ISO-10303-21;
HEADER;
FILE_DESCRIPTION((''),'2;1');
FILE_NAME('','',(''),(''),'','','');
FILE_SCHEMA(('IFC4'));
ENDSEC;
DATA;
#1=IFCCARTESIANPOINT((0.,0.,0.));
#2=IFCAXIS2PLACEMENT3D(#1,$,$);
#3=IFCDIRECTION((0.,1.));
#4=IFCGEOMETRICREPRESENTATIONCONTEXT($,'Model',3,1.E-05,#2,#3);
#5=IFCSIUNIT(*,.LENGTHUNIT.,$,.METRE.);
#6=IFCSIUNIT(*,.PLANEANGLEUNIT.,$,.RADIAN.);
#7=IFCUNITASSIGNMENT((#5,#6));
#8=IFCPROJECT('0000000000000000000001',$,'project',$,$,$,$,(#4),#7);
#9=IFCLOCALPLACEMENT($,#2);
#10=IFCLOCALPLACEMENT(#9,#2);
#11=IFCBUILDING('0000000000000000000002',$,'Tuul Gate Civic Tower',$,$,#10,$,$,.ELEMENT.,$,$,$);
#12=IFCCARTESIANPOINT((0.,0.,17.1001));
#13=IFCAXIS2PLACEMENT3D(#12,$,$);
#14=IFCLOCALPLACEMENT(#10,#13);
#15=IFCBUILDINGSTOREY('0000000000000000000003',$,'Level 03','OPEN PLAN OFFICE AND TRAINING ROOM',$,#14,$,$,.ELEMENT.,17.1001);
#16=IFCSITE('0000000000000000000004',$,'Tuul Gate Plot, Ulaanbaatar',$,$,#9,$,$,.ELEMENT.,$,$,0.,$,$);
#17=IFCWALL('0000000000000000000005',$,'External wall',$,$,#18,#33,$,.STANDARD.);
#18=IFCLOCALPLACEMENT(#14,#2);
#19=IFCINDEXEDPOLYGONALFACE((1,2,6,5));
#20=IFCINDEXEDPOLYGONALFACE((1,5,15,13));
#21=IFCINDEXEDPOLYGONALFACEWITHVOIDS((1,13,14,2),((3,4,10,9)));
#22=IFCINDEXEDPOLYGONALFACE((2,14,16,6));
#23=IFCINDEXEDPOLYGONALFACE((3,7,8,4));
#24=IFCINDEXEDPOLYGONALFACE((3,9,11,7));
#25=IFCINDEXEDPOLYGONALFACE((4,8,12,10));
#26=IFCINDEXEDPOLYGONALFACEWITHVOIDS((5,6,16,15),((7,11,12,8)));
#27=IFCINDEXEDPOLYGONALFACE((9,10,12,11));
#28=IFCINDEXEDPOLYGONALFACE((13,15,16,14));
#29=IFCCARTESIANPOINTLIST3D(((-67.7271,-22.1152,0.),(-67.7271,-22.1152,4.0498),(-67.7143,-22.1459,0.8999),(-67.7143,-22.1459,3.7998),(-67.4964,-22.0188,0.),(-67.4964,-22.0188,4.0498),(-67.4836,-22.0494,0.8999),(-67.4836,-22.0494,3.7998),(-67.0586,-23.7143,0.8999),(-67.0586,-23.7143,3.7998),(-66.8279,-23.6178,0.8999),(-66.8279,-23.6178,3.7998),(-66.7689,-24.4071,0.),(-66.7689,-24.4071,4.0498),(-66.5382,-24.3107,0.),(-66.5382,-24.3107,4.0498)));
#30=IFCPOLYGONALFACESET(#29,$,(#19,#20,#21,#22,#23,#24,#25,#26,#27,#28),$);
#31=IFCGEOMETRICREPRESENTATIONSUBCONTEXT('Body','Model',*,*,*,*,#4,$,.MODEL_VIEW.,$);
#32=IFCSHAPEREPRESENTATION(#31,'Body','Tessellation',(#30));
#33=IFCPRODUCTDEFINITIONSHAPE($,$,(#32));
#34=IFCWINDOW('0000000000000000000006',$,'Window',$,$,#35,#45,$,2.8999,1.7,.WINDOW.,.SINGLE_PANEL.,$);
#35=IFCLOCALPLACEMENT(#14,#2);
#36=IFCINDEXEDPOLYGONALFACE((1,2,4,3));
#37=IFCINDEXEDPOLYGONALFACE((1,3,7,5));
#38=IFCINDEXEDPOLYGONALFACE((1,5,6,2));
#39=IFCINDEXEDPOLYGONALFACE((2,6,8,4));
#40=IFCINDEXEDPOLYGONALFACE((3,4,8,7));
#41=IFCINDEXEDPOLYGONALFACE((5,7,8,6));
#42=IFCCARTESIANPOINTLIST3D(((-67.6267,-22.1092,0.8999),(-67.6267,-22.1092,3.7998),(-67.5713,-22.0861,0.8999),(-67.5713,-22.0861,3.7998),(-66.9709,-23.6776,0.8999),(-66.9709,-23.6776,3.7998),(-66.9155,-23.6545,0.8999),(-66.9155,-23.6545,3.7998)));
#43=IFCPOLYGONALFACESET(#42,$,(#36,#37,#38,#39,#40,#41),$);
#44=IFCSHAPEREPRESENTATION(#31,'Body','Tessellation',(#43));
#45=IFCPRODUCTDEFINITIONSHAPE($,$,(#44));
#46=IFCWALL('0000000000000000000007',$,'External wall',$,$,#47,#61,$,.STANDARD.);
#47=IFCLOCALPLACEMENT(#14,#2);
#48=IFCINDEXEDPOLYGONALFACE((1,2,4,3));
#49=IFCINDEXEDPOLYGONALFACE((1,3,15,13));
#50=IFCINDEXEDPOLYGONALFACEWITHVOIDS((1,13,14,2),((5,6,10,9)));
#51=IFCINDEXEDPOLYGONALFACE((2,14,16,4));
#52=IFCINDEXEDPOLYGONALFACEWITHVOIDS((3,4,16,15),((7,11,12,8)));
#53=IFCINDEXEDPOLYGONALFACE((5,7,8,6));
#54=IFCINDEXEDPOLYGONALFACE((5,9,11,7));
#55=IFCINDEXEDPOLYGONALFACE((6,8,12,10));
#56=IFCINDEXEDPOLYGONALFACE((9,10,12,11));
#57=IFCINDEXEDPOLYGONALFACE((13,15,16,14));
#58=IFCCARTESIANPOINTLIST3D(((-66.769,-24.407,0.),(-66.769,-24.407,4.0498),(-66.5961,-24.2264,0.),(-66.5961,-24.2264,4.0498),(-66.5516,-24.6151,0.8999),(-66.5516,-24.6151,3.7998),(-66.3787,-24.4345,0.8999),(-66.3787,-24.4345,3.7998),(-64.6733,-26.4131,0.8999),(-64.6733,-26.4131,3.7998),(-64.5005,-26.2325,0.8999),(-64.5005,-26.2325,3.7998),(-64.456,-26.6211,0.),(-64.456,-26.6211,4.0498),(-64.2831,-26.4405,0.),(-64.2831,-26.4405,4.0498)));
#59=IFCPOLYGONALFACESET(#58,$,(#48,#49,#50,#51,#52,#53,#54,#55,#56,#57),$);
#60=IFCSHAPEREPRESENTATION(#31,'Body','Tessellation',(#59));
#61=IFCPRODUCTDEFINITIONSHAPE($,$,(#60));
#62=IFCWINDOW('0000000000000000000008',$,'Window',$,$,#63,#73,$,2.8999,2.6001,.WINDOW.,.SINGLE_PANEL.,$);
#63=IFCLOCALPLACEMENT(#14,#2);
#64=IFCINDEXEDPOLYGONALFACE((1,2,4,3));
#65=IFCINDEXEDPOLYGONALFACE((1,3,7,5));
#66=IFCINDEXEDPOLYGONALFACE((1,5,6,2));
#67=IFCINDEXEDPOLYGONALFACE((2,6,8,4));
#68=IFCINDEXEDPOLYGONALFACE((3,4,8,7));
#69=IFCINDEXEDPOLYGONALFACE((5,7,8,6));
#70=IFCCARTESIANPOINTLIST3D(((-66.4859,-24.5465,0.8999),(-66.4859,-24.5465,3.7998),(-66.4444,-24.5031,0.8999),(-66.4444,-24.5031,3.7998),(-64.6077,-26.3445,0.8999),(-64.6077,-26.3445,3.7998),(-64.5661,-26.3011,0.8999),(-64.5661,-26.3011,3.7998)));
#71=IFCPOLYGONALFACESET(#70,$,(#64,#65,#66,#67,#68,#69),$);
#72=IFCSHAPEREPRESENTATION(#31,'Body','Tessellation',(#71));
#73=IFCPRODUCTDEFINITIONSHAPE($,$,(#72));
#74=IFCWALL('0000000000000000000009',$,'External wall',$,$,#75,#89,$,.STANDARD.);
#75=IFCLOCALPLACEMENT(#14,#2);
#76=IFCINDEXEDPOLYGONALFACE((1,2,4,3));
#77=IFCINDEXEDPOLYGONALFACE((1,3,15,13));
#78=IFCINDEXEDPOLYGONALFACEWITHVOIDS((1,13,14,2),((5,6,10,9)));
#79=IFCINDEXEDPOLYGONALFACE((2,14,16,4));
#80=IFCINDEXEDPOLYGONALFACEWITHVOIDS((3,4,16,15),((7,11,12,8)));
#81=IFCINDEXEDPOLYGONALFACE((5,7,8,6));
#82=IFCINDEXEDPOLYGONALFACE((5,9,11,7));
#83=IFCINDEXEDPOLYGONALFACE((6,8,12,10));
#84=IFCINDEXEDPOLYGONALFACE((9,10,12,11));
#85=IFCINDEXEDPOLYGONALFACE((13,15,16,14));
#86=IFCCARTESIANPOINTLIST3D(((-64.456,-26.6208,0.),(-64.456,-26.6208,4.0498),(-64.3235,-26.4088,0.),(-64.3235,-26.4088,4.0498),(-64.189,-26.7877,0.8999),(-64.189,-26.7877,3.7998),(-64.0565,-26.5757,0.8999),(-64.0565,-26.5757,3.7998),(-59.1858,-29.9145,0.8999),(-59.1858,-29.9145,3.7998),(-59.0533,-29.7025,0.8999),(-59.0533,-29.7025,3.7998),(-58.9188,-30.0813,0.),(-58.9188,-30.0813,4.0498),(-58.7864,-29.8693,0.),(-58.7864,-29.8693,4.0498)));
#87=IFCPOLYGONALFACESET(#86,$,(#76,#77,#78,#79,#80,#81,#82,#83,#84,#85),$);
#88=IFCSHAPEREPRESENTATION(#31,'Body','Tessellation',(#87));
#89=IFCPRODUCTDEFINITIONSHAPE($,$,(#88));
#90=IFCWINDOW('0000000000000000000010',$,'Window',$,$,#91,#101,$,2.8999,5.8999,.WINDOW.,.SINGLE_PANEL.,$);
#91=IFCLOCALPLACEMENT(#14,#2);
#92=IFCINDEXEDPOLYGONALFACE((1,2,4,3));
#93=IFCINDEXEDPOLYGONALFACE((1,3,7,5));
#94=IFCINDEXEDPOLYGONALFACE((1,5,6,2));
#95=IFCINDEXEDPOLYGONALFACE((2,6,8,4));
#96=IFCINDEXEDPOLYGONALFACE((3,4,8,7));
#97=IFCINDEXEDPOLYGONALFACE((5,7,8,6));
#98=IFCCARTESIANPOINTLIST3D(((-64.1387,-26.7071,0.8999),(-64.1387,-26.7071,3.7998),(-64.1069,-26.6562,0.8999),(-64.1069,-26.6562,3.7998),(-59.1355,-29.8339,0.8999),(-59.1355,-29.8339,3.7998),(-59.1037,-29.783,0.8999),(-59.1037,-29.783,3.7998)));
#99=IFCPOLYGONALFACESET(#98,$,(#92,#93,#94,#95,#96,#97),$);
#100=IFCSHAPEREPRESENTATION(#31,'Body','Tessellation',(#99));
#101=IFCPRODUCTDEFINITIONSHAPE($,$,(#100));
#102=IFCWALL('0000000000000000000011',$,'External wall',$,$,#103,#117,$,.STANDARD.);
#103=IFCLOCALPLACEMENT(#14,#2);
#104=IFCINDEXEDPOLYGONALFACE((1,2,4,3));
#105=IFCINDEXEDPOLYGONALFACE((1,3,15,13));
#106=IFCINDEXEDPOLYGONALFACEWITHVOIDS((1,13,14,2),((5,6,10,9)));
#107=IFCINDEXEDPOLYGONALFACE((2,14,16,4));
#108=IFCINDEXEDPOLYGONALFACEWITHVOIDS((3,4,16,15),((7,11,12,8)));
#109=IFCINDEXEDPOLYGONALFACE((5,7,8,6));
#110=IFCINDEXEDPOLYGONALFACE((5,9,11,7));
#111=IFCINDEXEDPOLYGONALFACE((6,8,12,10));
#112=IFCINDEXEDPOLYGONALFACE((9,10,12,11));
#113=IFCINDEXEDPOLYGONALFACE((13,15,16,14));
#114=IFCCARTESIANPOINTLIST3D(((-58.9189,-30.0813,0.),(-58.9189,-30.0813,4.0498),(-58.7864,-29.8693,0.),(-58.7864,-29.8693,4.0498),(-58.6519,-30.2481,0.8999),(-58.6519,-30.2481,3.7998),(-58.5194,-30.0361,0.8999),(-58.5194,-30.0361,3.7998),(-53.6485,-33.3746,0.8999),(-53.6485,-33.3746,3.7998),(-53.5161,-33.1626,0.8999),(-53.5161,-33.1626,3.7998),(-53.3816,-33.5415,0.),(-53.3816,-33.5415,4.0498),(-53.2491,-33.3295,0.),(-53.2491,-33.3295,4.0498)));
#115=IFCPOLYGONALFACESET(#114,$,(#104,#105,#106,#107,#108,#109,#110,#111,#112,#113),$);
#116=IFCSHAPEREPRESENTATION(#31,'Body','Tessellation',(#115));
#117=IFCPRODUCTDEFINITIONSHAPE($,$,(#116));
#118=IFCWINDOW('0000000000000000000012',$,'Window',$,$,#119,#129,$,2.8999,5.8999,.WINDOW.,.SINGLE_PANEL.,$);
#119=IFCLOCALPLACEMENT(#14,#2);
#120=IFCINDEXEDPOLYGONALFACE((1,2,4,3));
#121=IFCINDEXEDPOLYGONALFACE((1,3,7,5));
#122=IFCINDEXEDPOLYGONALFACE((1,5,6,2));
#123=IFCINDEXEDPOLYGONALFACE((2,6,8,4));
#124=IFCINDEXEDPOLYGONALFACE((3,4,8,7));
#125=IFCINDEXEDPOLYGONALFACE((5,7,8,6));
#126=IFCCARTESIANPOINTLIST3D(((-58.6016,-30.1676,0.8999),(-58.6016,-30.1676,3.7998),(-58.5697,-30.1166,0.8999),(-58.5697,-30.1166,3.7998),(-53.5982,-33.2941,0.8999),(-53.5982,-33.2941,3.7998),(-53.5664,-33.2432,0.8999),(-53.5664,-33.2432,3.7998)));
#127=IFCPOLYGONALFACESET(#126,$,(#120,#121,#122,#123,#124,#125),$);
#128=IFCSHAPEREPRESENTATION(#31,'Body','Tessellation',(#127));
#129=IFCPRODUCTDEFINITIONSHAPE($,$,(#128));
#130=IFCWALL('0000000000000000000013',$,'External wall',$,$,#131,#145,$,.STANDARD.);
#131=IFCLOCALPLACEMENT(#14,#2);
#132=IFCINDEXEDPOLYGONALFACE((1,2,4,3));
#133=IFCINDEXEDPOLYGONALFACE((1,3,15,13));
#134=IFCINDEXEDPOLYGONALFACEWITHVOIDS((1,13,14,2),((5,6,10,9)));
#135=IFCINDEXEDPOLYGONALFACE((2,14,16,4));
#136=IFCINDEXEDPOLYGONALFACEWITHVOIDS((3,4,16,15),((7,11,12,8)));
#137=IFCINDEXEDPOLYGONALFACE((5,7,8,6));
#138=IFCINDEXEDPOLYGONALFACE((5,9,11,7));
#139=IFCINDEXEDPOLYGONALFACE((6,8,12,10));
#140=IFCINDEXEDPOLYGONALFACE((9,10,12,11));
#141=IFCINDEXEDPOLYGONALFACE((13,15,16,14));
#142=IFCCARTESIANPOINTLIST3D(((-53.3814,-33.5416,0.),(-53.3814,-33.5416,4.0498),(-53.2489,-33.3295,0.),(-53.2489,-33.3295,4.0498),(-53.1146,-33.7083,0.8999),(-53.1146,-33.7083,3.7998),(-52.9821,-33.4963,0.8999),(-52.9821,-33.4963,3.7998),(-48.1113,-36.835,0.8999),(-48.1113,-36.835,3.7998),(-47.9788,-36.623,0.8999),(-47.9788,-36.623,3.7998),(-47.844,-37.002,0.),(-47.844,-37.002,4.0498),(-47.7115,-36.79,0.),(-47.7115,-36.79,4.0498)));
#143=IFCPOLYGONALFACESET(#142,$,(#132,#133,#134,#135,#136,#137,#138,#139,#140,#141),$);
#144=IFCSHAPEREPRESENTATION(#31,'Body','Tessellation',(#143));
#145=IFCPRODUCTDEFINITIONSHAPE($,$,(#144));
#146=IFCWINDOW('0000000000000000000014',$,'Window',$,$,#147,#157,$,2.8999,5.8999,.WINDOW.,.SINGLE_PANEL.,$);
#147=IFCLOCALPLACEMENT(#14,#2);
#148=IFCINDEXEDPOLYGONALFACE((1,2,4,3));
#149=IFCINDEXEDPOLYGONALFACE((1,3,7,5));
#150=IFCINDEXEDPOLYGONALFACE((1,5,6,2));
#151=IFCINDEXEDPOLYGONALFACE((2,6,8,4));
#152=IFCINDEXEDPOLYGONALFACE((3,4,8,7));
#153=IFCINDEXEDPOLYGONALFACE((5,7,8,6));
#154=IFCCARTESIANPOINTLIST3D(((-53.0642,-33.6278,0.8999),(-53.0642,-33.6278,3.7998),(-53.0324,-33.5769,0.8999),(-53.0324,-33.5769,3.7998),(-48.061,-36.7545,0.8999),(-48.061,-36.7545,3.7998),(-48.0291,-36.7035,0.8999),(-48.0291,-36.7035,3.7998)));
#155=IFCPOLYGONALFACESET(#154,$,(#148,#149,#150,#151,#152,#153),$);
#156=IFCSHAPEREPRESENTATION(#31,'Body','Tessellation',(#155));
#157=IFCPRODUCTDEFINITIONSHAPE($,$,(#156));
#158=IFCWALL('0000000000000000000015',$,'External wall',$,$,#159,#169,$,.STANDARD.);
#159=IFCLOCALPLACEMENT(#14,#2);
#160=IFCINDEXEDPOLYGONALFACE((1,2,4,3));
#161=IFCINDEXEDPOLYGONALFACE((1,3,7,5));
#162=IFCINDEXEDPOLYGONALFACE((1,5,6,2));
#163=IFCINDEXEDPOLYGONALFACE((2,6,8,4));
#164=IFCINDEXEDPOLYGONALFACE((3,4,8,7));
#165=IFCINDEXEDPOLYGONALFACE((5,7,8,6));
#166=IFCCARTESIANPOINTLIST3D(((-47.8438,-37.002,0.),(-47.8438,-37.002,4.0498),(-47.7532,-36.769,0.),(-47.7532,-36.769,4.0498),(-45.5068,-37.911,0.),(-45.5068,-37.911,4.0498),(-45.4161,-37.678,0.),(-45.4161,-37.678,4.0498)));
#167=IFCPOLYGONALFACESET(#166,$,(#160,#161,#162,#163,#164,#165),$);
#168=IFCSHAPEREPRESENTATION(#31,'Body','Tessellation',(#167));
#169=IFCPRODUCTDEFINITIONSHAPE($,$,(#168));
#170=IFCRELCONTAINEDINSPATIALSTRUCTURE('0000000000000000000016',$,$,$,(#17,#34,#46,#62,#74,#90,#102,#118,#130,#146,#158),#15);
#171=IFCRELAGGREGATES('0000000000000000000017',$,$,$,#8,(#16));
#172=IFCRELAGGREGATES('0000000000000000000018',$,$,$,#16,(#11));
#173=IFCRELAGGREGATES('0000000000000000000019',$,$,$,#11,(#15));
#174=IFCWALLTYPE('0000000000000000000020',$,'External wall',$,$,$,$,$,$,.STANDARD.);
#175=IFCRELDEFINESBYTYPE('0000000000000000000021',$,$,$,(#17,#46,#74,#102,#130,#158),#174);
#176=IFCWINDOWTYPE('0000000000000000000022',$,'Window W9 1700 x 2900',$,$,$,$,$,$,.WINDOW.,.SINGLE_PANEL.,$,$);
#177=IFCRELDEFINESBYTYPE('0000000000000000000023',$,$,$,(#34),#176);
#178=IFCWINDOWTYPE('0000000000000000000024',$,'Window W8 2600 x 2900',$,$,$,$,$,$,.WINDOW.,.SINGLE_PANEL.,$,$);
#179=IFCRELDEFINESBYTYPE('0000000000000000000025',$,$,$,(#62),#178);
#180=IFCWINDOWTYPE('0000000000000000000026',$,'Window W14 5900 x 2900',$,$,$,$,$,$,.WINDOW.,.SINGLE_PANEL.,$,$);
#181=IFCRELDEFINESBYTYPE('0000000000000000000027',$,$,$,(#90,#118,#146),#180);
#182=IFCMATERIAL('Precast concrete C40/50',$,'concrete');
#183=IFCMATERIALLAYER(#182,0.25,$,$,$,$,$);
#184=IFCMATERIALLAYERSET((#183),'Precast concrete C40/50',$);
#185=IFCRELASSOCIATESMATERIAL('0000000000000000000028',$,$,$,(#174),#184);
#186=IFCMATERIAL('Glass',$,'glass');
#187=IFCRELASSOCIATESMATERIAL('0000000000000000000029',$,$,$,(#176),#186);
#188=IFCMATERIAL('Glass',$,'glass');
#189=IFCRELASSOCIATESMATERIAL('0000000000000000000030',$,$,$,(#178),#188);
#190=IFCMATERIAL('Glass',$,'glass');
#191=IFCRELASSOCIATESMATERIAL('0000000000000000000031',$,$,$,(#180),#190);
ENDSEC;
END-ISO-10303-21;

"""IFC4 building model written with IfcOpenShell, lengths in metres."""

from ifc_helpers import new_model, si_unit, direction, frame, frame_2d, origin, place, context, subcontext, project, spatial, rectangle, extrude, material, layer, layer_set, type_object, element, fill, save


model = new_model("IFC4")

# Units and contexts
model_context = context("Model", 3, precision=1e-05, world=origin(), true_north=direction((0.0, 1.0)))
body_context = subcontext(model_context, "Body", "Model", "MODEL_VIEW")
ifc_project = project(units=[si_unit("LENGTHUNIT", "METRE"), si_unit("PLANEANGLEUNIT", "RADIAN")], contexts=[model_context])

# Site, building, storey
site_placement = place(None, origin())
site = spatial("IfcSite", under=ifc_project, at=site_placement, Name="Tuul Gate Plot, Ulaanbaatar", CompositionType="ELEMENT", RefElevation=0.0)
building_placement = place(site_placement, origin())
building = spatial("IfcBuilding", under=site, at=building_placement, Name="Tuul Gate Civic Tower", CompositionType="ELEMENT")
storey_placement = place(building_placement, frame((0.0, 0.0, 17.1001)))
storey = spatial("IfcBuildingStorey", under=building, at=storey_placement, Name="Level 03", Description="OPEN PLAN OFFICE AND TRAINING ROOM", CompositionType="ELEMENT", Elevation=17.1001)

# Shared definitions
ifc_material_1 = material(Name="Precast concrete C40/50", Category="concrete")
ifc_layer_1 = layer(ifc_material_1, 0.25)
ifc_layer_set_1 = layer_set([ifc_layer_1], Name="Precast concrete C40/50")
wall_type_1 = type_object("IfcWallType", Name="External wall", PredefinedType="STANDARD", material=ifc_layer_set_1)

# Walls, openings, windows
wall_1_placement = place(storey_placement, frame((-67.6118, -22.0669, 0.0), z_axis=(0.0, 0.0, 1.0), x_axis=(0.385732, -0.922611, 0.0)))
wall_1 = element("IfcWall", 1, at=wall_1_placement, inside=storey, type_object=wall_type_1, Name="External wall", PredefinedType="STANDARD", context=body_context, shape_type="SweptSolid", body=[
    extrude(rectangle(XDim=2.4841, YDim=0.25, at=frame_2d((1.2422, 0.0))), origin(), (0.0, 0.0, 1.0), 4.0498),
])
opening_1_placement = place(wall_1_placement, frame((0.0332, 0.0, 0.8999)))
opening_1 = element("IfcOpeningElement", 2, at=opening_1_placement, cuts=wall_1, PredefinedType="OPENING", context=body_context, shape_type="SweptSolid", body=[
    extrude(rectangle(XDim=1.7, YDim=2.8999, at=frame_2d((0.8501, 1.45))), frame((0.0, 0.135, 0.0), z_axis=(0.0, -1.0, 0.0), x_axis=(1.0, 0.0, 0.0)), (0.0, 0.0, 1.0), 0.27),
])
ifc_material_2 = material(Name="Glass", Category="glass")
window_type_1 = type_object("IfcWindowType", Name="Window W9 1700 x 2900", PartitioningType="SINGLE_PANEL", PredefinedType="WINDOW", material=ifc_material_2)
window_1_placement = place(opening_1_placement, origin())
window_1 = element("IfcWindow", 3, at=window_1_placement, inside=storey, type_object=window_type_1, Name="Window", OverallHeight=2.8999, OverallWidth=1.7, PartitioningType="SINGLE_PANEL", PredefinedType="WINDOW", context=body_context, shape_type="SweptSolid", body=[
    extrude(rectangle(XDim=1.7, YDim=2.8999, at=frame_2d((0.8501, 1.45))), frame((0.0, 0.03, 0.0), z_axis=(0.0, -1.0, 0.0), x_axis=(1.0, 0.0, 0.0)), (0.0, 0.0, 1.0), 0.0601),
])
fill(opening_1, window_1)
wall_2_placement = place(storey_placement, frame((-66.6826, -24.3167, 0.0), z_axis=(0.0, 0.0, 1.0), x_axis=(0.722379, -0.691498, 0.0)))
wall_2 = element("IfcWall", 4, at=wall_2_placement, inside=storey, type_object=wall_type_1, Name="External wall", PredefinedType="STANDARD", context=body_context, shape_type="SweptSolid", body=[
    extrude(rectangle(XDim=3.2019, YDim=0.25, at=frame_2d((1.6011, 0.0))), origin(), (0.0, 0.0, 1.0), 4.0498),
])
opening_2_placement = place(wall_2_placement, frame((0.301, 0.0, 0.8999)))
opening_2 = element("IfcOpeningElement", 5, at=opening_2_placement, cuts=wall_2, PredefinedType="OPENING", context=body_context, shape_type="SweptSolid", body=[
    extrude(rectangle(XDim=2.6001, YDim=2.8999, at=frame_2d((1.3, 1.45))), frame((0.0, 0.135, 0.0), z_axis=(0.0, -1.0, 0.0), x_axis=(1.0, 0.0, 0.0)), (0.0, 0.0, 1.0), 0.27),
])
ifc_material_3 = material(Name="Glass", Category="glass")
window_type_2 = type_object("IfcWindowType", Name="Window W8 2600 x 2900", PartitioningType="SINGLE_PANEL", PredefinedType="WINDOW", material=ifc_material_3)
window_2_placement = place(opening_2_placement, origin())
window_2 = element("IfcWindow", 6, at=window_2_placement, inside=storey, type_object=window_type_2, Name="Window", OverallHeight=2.8999, OverallWidth=2.6001, PartitioningType="SINGLE_PANEL", PredefinedType="WINDOW", context=body_context, shape_type="SweptSolid", body=[
    extrude(rectangle(XDim=2.6001, YDim=2.8999, at=frame_2d((1.3, 1.45))), frame((0.0, 0.03, 0.0), z_axis=(0.0, -1.0, 0.0), x_axis=(1.0, 0.0, 0.0)), (0.0, 0.0, 1.0), 0.0601),
])
fill(opening_2, window_2)
wall_3_placement = place(storey_placement, frame((-64.3896, -26.5149, 0.0), z_axis=(0.0, 0.0, 1.0), x_axis=(0.848015, -0.529972, 0.0)))
wall_3 = element("IfcWall", 7, at=wall_3_placement, inside=storey, type_object=wall_type_1, Name="External wall", PredefinedType="STANDARD", context=body_context, shape_type="SweptSolid", body=[
    extrude(rectangle(XDim=6.5295, YDim=0.25, at=frame_2d((3.2646, 0.0))), origin(), (0.0, 0.0, 1.0), 4.0498),
])
opening_3_placement = place(wall_3_placement, frame((0.3147, 0.0, 0.8999)))
opening_3 = element("IfcOpeningElement", 8, at=opening_3_placement, cuts=wall_3, PredefinedType="OPENING", context=body_context, shape_type="SweptSolid", body=[
    extrude(rectangle(XDim=5.8999, YDim=2.8999, at=frame_2d((2.95, 1.45))), frame((0.0, 0.135, 0.0), z_axis=(0.0, -1.0, 0.0), x_axis=(1.0, 0.0, 0.0)), (0.0, 0.0, 1.0), 0.27),
])
ifc_material_4 = material(Name="Glass", Category="glass")
window_type_3 = type_object("IfcWindowType", Name="Window W14 5900 x 2900", PartitioningType="SINGLE_PANEL", PredefinedType="WINDOW", material=ifc_material_4)
window_3_placement = place(opening_3_placement, origin())
window_3 = element("IfcWindow", 9, at=window_3_placement, inside=storey, type_object=window_type_3, Name="Window", OverallHeight=2.8999, OverallWidth=5.8999, PartitioningType="SINGLE_PANEL", PredefinedType="WINDOW", context=body_context, shape_type="SweptSolid", body=[
    extrude(rectangle(XDim=5.8999, YDim=2.8999, at=frame_2d((2.95, 1.45))), frame((0.0, 0.03, 0.0), z_axis=(0.0, -1.0, 0.0), x_axis=(1.0, 0.0, 0.0)), (0.0, 0.0, 1.0), 0.0601),
])
fill(opening_3, window_3)
wall_4_placement = place(storey_placement, frame((-58.8525, -29.9753, 0.0), z_axis=(0.0, 0.0, 1.0), x_axis=(0.848042, -0.529928, 0.0)))
wall_4 = element("IfcWall", 10, at=wall_4_placement, inside=storey, type_object=wall_type_1, Name="External wall", PredefinedType="STANDARD", context=body_context, shape_type="SweptSolid", body=[
    extrude(rectangle(XDim=6.5295, YDim=0.25, at=frame_2d((3.2646, 0.0))), origin(), (0.0, 0.0, 1.0), 4.0498),
])
opening_4_placement = place(wall_4_placement, frame((0.3147, 0.0, 0.8999)))
opening_4 = element("IfcOpeningElement", 11, at=opening_4_placement, cuts=wall_4, PredefinedType="OPENING", context=body_context, shape_type="SweptSolid", body=[
    extrude(rectangle(XDim=5.8999, YDim=2.8999, at=frame_2d((2.95, 1.45))), frame((0.0, 0.135, 0.0), z_axis=(0.0, -1.0, 0.0), x_axis=(1.0, 0.0, 0.0)), (0.0, 0.0, 1.0), 0.27),
])
window_4_placement = place(opening_4_placement, origin())
window_4 = element("IfcWindow", 12, at=window_4_placement, inside=storey, type_object=window_type_3, Name="Window", OverallHeight=2.8999, OverallWidth=5.8999, PartitioningType="SINGLE_PANEL", PredefinedType="WINDOW", context=body_context, shape_type="SweptSolid", body=[
    extrude(rectangle(XDim=5.8999, YDim=2.8999, at=frame_2d((2.95, 1.45))), frame((0.0, 0.03, 0.0), z_axis=(0.0, -1.0, 0.0), x_axis=(1.0, 0.0, 0.0)), (0.0, 0.0, 1.0), 0.0601),
])
fill(opening_4, window_4)
wall_5_placement = place(storey_placement, frame((-53.3152, -33.4355, 0.0), z_axis=(0.0, 0.0, 1.0), x_axis=(0.848026, -0.529955, 0.0)))
wall_5 = element("IfcWall", 13, at=wall_5_placement, inside=storey, type_object=wall_type_1, Name="External wall", PredefinedType="STANDARD", context=body_context, shape_type="SweptSolid", body=[
    extrude(rectangle(XDim=6.5298, YDim=0.25, at=frame_2d((3.2649, 0.0))), origin(), (0.0, 0.0, 1.0), 4.0498),
])
opening_5_placement = place(wall_5_placement, frame((0.3147, 0.0, 0.8999)))
opening_5 = element("IfcOpeningElement", 14, at=opening_5_placement, cuts=wall_5, PredefinedType="OPENING", context=body_context, shape_type="SweptSolid", body=[
    extrude(rectangle(XDim=5.8999, YDim=2.8999, at=frame_2d((2.95, 1.45))), frame((0.0, 0.135, 0.0), z_axis=(0.0, -1.0, 0.0), x_axis=(1.0, 0.0, 0.0)), (0.0, 0.0, 1.0), 0.27),
])
window_5_placement = place(opening_5_placement, origin())
window_5 = element("IfcWindow", 15, at=window_5_placement, inside=storey, type_object=window_type_3, Name="Window", OverallHeight=2.8999, OverallWidth=5.8999, PartitioningType="SINGLE_PANEL", PredefinedType="WINDOW", context=body_context, shape_type="SweptSolid", body=[
    extrude(rectangle(XDim=5.8999, YDim=2.8999, at=frame_2d((2.95, 1.45))), frame((0.0, 0.03, 0.0), z_axis=(0.0, -1.0, 0.0), x_axis=(1.0, 0.0, 0.0)), (0.0, 0.0, 1.0), 0.0601),
])
fill(opening_5, window_5)

# Wall
wall_6_placement = place(storey_placement, frame((-47.7986, -36.8855, 0.0), z_axis=(0.0, 0.0, 1.0), x_axis=(0.931986, -0.362493, 0.0)))
element("IfcWall", 16, at=wall_6_placement, inside=storey, type_object=wall_type_1, Name="External wall", PredefinedType="STANDARD", context=body_context, shape_type="SweptSolid", body=[
    extrude(rectangle(XDim=2.5076, YDim=0.25, at=frame_2d((1.2539, 0.0))), origin(), (0.0, 0.0, 1.0), 4.0498),
])

save(model, "model.ifc")
